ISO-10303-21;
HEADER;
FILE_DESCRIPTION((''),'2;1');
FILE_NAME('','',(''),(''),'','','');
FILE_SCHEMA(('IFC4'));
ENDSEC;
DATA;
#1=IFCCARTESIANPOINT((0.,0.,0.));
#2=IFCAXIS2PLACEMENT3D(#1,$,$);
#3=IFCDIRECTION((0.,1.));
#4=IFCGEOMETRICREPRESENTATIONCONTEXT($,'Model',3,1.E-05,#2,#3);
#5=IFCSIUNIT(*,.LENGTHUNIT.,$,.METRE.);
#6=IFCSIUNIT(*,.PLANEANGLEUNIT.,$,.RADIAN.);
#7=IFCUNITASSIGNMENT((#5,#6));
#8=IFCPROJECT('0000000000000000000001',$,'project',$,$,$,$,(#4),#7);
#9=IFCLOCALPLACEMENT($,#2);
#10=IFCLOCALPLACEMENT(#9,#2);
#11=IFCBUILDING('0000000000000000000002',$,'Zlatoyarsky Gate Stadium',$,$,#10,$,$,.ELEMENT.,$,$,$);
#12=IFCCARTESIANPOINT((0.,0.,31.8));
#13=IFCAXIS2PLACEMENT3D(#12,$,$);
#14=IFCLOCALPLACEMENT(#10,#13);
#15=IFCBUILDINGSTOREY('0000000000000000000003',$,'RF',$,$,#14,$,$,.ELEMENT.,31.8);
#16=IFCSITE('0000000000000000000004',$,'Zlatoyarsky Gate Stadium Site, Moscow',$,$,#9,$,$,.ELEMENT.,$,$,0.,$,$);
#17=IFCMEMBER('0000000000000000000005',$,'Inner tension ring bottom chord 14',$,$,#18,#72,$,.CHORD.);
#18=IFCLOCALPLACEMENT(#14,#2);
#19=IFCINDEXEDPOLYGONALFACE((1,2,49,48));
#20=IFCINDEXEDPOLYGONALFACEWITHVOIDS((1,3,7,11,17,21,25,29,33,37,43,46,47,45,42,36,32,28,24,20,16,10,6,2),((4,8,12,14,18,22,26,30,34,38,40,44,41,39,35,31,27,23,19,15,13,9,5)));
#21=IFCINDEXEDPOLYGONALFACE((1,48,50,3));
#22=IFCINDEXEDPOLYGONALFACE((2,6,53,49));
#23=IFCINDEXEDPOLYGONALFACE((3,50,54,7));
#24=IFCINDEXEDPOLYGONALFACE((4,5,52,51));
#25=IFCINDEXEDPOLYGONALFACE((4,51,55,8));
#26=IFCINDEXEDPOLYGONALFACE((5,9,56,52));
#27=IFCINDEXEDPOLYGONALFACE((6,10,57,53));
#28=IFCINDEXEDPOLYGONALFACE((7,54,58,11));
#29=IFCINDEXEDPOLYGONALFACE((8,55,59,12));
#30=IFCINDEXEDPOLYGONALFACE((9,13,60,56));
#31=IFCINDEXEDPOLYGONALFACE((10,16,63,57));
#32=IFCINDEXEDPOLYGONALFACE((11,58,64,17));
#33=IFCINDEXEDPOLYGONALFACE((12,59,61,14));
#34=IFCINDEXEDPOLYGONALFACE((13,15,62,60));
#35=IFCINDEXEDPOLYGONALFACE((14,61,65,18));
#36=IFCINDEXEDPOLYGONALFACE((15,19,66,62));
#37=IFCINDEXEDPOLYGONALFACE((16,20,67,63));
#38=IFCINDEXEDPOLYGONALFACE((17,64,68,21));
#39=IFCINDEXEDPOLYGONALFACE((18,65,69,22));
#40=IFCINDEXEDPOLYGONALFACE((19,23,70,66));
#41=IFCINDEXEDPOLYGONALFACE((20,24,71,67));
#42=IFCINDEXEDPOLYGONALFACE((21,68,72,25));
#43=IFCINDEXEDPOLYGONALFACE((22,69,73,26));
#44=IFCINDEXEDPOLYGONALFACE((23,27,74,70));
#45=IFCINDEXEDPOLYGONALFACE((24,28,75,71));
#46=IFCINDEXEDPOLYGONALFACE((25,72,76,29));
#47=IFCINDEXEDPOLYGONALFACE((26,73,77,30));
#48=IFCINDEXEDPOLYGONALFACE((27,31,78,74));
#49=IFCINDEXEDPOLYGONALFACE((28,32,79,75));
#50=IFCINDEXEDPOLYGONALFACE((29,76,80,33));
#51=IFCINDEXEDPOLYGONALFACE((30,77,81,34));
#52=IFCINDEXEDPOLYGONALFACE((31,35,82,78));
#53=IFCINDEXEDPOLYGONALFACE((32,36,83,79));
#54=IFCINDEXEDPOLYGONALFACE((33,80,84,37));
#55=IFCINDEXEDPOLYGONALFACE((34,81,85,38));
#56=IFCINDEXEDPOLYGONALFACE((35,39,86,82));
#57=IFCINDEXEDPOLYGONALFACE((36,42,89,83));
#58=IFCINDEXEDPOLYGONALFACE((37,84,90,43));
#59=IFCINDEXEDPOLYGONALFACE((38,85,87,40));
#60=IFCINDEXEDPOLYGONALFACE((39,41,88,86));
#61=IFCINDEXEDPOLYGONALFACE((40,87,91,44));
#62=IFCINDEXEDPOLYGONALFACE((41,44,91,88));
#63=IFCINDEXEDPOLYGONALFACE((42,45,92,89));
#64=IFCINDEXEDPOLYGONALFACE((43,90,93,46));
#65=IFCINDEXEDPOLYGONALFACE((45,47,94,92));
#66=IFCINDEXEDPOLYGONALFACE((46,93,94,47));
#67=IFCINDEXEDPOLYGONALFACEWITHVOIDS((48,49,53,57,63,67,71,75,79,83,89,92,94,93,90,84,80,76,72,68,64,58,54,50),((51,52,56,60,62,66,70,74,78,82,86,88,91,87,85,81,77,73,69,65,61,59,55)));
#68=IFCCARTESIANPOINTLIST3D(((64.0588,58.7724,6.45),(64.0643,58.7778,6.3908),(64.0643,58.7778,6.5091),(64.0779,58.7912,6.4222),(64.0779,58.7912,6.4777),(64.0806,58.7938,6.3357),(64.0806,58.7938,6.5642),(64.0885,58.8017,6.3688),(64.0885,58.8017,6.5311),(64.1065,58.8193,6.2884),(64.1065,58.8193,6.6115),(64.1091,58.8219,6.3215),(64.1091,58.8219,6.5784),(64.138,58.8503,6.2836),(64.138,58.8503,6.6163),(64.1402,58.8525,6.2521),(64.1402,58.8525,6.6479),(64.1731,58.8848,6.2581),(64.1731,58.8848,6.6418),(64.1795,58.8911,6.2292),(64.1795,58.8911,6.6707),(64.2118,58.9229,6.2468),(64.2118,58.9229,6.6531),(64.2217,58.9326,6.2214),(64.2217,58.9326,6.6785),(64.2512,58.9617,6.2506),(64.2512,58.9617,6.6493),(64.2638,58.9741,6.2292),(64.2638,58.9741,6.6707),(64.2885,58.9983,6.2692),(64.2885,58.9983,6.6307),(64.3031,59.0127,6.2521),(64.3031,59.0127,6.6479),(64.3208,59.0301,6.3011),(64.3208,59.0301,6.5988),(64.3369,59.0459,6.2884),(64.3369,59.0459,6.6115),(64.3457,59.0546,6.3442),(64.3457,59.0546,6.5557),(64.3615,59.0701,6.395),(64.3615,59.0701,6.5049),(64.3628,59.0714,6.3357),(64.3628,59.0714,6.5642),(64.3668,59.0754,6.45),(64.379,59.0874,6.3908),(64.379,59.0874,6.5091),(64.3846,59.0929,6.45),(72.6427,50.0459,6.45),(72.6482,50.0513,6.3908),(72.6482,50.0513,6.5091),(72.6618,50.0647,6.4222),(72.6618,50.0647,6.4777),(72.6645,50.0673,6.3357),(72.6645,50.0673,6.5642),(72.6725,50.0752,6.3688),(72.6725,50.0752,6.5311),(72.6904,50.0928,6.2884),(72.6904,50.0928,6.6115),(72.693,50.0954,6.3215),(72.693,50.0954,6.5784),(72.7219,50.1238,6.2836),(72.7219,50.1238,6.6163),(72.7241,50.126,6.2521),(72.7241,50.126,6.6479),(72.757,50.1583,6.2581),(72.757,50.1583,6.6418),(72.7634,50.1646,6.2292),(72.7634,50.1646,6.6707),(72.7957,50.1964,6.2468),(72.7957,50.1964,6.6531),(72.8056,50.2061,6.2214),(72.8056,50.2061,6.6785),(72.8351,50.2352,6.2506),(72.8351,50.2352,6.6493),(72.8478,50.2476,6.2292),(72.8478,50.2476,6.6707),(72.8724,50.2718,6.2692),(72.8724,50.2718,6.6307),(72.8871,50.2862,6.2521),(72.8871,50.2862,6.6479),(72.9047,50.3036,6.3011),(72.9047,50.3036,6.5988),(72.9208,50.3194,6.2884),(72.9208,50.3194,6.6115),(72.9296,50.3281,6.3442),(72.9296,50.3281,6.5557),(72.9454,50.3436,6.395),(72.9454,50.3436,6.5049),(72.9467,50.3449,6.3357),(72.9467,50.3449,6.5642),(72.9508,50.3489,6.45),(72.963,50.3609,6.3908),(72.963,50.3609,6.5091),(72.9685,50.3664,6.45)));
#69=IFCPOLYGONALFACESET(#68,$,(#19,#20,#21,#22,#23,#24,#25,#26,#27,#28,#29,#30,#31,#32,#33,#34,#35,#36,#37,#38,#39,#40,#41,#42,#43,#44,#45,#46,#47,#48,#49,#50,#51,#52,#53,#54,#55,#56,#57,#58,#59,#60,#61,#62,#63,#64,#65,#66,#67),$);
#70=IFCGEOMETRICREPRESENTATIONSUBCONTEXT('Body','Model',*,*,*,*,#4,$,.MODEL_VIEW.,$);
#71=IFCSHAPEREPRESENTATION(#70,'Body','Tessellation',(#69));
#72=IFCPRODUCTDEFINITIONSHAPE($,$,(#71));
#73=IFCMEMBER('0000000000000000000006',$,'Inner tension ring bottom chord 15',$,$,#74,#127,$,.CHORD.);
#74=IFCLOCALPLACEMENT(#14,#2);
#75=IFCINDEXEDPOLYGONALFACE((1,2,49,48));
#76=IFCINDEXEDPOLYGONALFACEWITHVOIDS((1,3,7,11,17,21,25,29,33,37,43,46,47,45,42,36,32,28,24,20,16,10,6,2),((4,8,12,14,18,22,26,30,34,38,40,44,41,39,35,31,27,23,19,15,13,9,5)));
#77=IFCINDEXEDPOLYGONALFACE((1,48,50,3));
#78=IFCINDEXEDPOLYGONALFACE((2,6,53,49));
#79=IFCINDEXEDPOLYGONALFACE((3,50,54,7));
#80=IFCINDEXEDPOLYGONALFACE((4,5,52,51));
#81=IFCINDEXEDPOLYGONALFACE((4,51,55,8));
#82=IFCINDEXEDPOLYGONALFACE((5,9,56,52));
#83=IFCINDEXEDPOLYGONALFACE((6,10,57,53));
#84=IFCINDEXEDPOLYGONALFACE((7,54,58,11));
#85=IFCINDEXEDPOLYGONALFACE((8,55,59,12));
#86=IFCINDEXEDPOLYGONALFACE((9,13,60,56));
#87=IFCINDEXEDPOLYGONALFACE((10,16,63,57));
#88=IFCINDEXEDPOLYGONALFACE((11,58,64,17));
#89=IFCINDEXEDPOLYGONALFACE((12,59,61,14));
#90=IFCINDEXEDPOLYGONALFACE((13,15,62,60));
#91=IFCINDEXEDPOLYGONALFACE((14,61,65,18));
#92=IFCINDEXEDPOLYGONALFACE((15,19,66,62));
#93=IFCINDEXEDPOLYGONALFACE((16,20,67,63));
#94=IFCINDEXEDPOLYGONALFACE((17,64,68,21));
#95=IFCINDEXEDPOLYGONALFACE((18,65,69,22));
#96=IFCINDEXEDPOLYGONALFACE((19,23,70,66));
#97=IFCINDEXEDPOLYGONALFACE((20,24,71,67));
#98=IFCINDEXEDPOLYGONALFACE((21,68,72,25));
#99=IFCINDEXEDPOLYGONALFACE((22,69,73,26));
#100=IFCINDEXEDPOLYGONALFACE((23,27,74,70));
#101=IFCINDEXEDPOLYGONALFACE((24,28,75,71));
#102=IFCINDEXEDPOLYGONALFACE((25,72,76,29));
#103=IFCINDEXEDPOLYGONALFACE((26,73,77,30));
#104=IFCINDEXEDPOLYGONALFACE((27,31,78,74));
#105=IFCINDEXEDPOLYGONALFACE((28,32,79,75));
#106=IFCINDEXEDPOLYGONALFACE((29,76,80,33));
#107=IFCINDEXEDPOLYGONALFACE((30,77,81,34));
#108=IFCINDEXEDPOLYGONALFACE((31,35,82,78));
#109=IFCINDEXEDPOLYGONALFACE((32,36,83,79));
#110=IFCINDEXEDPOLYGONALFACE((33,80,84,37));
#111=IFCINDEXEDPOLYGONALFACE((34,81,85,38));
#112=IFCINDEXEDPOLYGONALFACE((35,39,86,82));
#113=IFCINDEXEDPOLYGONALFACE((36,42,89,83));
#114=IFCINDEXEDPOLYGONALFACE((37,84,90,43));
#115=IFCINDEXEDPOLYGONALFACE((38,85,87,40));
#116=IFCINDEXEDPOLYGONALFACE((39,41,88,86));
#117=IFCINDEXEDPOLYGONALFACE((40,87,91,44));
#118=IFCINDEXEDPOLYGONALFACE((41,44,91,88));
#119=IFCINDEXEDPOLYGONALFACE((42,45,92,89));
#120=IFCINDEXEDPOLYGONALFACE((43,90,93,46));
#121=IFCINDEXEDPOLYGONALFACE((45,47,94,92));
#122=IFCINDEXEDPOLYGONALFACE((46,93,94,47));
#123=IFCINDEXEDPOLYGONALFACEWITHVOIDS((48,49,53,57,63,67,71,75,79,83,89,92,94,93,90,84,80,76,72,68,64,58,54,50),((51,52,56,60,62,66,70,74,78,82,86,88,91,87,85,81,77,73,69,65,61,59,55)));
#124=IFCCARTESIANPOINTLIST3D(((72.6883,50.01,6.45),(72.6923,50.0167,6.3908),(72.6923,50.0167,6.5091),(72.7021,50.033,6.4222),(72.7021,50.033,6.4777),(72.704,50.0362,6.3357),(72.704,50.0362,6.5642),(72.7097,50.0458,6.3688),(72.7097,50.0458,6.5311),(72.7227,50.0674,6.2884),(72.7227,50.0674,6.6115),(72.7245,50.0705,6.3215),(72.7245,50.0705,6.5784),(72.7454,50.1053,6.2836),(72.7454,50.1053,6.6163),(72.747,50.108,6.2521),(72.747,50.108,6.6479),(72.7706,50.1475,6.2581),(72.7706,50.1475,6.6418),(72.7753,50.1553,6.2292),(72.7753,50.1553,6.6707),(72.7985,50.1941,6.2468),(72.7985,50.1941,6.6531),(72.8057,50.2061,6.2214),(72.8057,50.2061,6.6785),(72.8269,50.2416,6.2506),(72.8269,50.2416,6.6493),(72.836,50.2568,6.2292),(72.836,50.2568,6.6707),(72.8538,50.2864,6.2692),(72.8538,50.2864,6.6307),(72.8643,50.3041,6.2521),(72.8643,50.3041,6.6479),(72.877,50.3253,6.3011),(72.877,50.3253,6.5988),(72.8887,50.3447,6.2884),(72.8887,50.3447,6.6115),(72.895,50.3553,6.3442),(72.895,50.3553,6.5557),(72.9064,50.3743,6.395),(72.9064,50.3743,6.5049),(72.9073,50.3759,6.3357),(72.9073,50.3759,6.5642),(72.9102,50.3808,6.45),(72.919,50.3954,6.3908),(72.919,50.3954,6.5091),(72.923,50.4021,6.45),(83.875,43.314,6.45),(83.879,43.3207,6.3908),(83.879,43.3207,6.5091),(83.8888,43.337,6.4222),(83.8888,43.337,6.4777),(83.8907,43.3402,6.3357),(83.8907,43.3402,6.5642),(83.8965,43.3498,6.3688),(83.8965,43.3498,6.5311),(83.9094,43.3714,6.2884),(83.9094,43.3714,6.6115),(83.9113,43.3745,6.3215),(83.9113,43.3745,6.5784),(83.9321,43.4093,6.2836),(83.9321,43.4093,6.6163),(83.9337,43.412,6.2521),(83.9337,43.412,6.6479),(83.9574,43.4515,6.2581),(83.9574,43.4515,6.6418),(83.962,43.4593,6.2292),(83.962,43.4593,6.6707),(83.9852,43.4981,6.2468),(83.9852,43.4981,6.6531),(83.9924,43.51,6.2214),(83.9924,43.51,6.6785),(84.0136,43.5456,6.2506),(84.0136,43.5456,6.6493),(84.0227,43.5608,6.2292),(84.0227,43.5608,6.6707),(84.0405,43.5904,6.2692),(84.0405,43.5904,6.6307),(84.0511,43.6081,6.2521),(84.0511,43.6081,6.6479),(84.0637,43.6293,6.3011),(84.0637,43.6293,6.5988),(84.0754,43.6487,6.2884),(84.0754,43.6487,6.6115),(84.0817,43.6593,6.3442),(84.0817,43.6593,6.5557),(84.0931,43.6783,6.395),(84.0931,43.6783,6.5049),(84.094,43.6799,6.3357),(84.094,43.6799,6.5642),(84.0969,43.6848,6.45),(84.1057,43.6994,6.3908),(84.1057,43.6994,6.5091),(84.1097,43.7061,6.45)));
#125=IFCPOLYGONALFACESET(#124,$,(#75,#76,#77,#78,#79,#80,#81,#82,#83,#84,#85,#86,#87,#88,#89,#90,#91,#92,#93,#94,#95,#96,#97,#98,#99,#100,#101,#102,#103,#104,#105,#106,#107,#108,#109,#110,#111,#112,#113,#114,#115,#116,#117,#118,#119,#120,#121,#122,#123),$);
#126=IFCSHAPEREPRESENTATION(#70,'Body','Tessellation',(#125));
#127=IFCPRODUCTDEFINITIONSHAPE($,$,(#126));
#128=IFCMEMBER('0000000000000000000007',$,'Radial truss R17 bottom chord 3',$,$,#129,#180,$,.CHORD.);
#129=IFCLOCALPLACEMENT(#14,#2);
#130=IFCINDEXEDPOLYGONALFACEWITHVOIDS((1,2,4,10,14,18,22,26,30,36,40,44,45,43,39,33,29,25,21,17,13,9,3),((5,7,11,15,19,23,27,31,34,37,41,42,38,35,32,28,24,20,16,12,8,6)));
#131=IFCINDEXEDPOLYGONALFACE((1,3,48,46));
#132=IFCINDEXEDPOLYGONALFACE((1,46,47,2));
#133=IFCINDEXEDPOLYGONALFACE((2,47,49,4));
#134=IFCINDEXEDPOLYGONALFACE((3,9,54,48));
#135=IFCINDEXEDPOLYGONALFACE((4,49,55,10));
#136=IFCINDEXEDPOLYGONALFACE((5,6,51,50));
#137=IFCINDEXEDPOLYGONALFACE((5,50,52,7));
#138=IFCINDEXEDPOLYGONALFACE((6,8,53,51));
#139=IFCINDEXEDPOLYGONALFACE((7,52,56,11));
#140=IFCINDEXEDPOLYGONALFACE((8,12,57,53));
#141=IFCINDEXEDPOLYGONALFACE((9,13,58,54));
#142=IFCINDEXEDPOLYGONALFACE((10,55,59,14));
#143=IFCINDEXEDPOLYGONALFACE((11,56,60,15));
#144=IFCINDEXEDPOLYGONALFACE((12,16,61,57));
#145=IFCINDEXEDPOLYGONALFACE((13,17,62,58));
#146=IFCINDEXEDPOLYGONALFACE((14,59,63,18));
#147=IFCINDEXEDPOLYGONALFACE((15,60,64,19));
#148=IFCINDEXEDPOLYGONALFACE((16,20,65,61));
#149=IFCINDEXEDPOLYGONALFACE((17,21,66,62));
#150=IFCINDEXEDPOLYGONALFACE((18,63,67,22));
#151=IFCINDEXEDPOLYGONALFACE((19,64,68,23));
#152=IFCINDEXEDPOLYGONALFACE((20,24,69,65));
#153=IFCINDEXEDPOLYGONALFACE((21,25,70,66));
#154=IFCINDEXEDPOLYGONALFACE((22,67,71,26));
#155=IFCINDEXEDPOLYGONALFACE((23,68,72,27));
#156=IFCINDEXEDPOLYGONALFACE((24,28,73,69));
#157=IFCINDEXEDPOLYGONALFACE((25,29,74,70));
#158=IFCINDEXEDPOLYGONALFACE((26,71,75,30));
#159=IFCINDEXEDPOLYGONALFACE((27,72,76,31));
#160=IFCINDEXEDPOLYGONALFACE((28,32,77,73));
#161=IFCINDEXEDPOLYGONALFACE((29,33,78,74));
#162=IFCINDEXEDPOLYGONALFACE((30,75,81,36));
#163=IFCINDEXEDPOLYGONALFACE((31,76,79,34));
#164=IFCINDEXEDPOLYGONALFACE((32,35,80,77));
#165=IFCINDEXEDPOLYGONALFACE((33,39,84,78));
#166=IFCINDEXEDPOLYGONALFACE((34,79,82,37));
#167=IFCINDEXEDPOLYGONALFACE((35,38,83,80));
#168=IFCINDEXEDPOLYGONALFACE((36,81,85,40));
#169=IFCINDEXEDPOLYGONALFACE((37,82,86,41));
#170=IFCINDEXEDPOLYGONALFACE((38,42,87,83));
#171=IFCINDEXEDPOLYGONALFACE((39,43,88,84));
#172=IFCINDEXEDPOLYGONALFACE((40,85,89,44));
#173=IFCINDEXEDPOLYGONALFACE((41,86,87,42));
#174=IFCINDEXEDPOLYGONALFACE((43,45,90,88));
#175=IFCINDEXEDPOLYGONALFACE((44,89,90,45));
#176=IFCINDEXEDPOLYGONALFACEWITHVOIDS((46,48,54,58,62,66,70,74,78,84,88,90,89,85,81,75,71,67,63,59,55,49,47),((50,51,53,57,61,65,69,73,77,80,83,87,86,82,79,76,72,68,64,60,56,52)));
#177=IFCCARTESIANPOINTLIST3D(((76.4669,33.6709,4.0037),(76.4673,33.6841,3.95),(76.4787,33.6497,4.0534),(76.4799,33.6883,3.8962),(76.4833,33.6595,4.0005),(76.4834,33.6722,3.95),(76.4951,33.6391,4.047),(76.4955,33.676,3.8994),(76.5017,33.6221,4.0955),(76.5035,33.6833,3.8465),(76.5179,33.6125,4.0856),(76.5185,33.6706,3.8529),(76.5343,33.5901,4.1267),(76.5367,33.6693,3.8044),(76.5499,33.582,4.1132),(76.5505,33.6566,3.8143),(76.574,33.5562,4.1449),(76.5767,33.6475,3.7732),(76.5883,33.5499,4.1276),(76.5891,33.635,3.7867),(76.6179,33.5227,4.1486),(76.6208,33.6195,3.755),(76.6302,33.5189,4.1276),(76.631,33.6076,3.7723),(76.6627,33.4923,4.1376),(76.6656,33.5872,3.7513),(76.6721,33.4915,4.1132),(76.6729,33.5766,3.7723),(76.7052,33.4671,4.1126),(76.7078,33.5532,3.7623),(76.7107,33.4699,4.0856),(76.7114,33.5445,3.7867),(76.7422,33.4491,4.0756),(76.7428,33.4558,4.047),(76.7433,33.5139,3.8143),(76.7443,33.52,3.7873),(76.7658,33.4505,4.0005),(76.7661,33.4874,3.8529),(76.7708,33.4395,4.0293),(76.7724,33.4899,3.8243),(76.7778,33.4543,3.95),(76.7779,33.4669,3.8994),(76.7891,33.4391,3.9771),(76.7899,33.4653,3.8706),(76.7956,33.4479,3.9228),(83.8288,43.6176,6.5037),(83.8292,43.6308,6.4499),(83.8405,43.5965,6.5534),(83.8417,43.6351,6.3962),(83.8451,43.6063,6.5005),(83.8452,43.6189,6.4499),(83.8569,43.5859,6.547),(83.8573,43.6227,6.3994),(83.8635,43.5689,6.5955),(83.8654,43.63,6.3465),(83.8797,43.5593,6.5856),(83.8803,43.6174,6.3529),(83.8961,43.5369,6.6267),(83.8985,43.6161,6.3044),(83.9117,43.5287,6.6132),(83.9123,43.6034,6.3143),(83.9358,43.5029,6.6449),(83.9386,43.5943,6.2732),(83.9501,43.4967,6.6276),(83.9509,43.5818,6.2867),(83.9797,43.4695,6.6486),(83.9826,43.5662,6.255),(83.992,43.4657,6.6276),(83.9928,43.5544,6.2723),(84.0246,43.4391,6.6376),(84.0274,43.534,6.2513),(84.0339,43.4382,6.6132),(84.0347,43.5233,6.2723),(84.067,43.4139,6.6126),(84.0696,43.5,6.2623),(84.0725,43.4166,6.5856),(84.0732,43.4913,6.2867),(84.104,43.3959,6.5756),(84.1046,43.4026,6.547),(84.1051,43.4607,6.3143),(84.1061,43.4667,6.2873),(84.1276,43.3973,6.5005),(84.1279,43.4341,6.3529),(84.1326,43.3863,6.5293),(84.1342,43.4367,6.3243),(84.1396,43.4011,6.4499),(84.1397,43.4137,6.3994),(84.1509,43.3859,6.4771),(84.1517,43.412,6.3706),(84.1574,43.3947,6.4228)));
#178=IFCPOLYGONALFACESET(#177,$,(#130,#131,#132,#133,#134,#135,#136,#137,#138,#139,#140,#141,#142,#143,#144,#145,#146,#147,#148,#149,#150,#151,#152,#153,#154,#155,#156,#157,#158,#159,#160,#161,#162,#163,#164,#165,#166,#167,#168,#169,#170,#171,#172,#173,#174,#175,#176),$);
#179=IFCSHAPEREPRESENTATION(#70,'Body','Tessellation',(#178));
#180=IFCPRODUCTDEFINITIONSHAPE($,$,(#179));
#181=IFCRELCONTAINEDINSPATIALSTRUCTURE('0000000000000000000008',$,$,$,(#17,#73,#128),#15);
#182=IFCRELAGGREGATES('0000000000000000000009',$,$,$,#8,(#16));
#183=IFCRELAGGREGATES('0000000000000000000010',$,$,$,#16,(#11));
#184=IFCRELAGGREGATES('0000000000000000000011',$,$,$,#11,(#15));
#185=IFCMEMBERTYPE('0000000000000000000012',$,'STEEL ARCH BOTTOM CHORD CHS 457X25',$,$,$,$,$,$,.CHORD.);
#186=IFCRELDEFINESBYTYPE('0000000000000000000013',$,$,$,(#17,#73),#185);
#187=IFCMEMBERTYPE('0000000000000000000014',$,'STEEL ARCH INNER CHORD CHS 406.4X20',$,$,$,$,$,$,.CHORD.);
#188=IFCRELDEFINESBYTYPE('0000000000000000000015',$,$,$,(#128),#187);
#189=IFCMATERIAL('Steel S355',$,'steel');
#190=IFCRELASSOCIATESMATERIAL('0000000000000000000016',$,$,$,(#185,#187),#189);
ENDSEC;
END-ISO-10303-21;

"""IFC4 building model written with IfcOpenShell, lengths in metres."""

from ifc_helpers import new_model, si_unit, direction, frame, origin, origin_2d, place, context, subcontext, project, spatial, hollow_circle, extrude, material, material_profile, profile_set, type_object, element, save


model = new_model("IFC4")

# Units and contexts
model_context = context("Model", 3, precision=1e-05, world=origin(), true_north=direction((0.0, 1.0)))
body_context = subcontext(model_context, "Body", "Model", "MODEL_VIEW")
ifc_project = project(units=[si_unit("LENGTHUNIT", "METRE"), si_unit("PLANEANGLEUNIT", "RADIAN")], contexts=[model_context])

# Site, building, storey
site_placement = place(None, origin())
site = spatial("IfcSite", under=ifc_project, at=site_placement, Name="Zlatoyarsky Gate Stadium Site, Moscow", CompositionType="ELEMENT", RefElevation=0.0)
building_placement = place(site_placement, origin())
building = spatial("IfcBuilding", under=site, at=building_placement, Name="Zlatoyarsky Gate Stadium", CompositionType="ELEMENT")
storey_placement = place(building_placement, frame((0.0, 0.0, 31.8)))
storey = spatial("IfcBuildingStorey", under=building, at=storey_placement, Name="RF", CompositionType="ELEMENT", Elevation=31.8)

# Members
ifc_material = material(Name="Steel S355", Category="steel")
ifc_material_profile_1 = material_profile(ifc_material, hollow_circle(Radius=0.2285, WallThickness=0.0249, at=origin_2d()), Name="CHS 457X25")
ifc_profile_set_1 = profile_set([ifc_material_profile_1], Name="Steel S355")
member_type_1 = type_object("IfcMemberType", Name="STEEL ARCH BOTTOM CHORD CHS 457X25", PredefinedType="CHORD", material=ifc_profile_set_1)
member_1_placement = place(storey_placement, frame((64.2217, 58.9326, 6.45), z_axis=(0.701259, -0.712907, 0.0), x_axis=(0.712907, 0.701259, 0.0)))
element("IfcMember", 1, at=member_1_placement, inside=storey, type_object=member_type_1, Name="Inner tension ring bottom chord 14", PredefinedType="CHORD", context=body_context, shape_type="SweptSolid", body=[
    extrude(hollow_circle(Radius=0.2285, WallThickness=0.0249, at=origin_2d()), origin(), (0.0, 0.0, 1.0), 12.2407),
])
member_2_placement = place(storey_placement, frame((72.8057, 50.2061, 6.45), z_axis=(0.858034, -0.513592, 0.0), x_axis=(0.513592, 0.858034, 0.0)))
element("IfcMember", 2, at=member_2_placement, inside=storey, type_object=member_type_1, Name="Inner tension ring bottom chord 15", PredefinedType="CHORD", context=body_context, shape_type="SweptSolid", body=[
    extrude(hollow_circle(Radius=0.2285, WallThickness=0.0249, at=origin_2d()), origin(), (0.0, 0.0, 1.0), 13.0376),
])
ifc_material_profile_2 = material_profile(ifc_material, hollow_circle(Radius=0.2031, WallThickness=0.02, at=origin_2d()), Name="CHS 406.4X20")
ifc_profile_set_2 = profile_set([ifc_material_profile_2], Name="Steel S355")
member_type_2 = type_object("IfcMemberType", Name="STEEL ARCH INNER CHORD CHS 406.4X20", PredefinedType="CHORD", material=ifc_profile_set_2)
member_3_placement = place(storey_placement, frame((76.6306, 33.5632, 3.95), z_axis=(0.583125, 0.787878, 0.198023), x_axis=(-0.803795, 0.594906, 0.0)))
element("IfcMember", 3, at=member_3_placement, inside=storey, type_object=member_type_2, Name="Radial truss R17 bottom chord 3", PredefinedType="CHORD", context=body_context, shape_type="SweptSolid", body=[
    extrude(hollow_circle(Radius=0.2031, WallThickness=0.02, at=origin_2d()), origin(), (0.0, 0.0, 1.0), 12.6248),
])

save(model, "model.ifc")
